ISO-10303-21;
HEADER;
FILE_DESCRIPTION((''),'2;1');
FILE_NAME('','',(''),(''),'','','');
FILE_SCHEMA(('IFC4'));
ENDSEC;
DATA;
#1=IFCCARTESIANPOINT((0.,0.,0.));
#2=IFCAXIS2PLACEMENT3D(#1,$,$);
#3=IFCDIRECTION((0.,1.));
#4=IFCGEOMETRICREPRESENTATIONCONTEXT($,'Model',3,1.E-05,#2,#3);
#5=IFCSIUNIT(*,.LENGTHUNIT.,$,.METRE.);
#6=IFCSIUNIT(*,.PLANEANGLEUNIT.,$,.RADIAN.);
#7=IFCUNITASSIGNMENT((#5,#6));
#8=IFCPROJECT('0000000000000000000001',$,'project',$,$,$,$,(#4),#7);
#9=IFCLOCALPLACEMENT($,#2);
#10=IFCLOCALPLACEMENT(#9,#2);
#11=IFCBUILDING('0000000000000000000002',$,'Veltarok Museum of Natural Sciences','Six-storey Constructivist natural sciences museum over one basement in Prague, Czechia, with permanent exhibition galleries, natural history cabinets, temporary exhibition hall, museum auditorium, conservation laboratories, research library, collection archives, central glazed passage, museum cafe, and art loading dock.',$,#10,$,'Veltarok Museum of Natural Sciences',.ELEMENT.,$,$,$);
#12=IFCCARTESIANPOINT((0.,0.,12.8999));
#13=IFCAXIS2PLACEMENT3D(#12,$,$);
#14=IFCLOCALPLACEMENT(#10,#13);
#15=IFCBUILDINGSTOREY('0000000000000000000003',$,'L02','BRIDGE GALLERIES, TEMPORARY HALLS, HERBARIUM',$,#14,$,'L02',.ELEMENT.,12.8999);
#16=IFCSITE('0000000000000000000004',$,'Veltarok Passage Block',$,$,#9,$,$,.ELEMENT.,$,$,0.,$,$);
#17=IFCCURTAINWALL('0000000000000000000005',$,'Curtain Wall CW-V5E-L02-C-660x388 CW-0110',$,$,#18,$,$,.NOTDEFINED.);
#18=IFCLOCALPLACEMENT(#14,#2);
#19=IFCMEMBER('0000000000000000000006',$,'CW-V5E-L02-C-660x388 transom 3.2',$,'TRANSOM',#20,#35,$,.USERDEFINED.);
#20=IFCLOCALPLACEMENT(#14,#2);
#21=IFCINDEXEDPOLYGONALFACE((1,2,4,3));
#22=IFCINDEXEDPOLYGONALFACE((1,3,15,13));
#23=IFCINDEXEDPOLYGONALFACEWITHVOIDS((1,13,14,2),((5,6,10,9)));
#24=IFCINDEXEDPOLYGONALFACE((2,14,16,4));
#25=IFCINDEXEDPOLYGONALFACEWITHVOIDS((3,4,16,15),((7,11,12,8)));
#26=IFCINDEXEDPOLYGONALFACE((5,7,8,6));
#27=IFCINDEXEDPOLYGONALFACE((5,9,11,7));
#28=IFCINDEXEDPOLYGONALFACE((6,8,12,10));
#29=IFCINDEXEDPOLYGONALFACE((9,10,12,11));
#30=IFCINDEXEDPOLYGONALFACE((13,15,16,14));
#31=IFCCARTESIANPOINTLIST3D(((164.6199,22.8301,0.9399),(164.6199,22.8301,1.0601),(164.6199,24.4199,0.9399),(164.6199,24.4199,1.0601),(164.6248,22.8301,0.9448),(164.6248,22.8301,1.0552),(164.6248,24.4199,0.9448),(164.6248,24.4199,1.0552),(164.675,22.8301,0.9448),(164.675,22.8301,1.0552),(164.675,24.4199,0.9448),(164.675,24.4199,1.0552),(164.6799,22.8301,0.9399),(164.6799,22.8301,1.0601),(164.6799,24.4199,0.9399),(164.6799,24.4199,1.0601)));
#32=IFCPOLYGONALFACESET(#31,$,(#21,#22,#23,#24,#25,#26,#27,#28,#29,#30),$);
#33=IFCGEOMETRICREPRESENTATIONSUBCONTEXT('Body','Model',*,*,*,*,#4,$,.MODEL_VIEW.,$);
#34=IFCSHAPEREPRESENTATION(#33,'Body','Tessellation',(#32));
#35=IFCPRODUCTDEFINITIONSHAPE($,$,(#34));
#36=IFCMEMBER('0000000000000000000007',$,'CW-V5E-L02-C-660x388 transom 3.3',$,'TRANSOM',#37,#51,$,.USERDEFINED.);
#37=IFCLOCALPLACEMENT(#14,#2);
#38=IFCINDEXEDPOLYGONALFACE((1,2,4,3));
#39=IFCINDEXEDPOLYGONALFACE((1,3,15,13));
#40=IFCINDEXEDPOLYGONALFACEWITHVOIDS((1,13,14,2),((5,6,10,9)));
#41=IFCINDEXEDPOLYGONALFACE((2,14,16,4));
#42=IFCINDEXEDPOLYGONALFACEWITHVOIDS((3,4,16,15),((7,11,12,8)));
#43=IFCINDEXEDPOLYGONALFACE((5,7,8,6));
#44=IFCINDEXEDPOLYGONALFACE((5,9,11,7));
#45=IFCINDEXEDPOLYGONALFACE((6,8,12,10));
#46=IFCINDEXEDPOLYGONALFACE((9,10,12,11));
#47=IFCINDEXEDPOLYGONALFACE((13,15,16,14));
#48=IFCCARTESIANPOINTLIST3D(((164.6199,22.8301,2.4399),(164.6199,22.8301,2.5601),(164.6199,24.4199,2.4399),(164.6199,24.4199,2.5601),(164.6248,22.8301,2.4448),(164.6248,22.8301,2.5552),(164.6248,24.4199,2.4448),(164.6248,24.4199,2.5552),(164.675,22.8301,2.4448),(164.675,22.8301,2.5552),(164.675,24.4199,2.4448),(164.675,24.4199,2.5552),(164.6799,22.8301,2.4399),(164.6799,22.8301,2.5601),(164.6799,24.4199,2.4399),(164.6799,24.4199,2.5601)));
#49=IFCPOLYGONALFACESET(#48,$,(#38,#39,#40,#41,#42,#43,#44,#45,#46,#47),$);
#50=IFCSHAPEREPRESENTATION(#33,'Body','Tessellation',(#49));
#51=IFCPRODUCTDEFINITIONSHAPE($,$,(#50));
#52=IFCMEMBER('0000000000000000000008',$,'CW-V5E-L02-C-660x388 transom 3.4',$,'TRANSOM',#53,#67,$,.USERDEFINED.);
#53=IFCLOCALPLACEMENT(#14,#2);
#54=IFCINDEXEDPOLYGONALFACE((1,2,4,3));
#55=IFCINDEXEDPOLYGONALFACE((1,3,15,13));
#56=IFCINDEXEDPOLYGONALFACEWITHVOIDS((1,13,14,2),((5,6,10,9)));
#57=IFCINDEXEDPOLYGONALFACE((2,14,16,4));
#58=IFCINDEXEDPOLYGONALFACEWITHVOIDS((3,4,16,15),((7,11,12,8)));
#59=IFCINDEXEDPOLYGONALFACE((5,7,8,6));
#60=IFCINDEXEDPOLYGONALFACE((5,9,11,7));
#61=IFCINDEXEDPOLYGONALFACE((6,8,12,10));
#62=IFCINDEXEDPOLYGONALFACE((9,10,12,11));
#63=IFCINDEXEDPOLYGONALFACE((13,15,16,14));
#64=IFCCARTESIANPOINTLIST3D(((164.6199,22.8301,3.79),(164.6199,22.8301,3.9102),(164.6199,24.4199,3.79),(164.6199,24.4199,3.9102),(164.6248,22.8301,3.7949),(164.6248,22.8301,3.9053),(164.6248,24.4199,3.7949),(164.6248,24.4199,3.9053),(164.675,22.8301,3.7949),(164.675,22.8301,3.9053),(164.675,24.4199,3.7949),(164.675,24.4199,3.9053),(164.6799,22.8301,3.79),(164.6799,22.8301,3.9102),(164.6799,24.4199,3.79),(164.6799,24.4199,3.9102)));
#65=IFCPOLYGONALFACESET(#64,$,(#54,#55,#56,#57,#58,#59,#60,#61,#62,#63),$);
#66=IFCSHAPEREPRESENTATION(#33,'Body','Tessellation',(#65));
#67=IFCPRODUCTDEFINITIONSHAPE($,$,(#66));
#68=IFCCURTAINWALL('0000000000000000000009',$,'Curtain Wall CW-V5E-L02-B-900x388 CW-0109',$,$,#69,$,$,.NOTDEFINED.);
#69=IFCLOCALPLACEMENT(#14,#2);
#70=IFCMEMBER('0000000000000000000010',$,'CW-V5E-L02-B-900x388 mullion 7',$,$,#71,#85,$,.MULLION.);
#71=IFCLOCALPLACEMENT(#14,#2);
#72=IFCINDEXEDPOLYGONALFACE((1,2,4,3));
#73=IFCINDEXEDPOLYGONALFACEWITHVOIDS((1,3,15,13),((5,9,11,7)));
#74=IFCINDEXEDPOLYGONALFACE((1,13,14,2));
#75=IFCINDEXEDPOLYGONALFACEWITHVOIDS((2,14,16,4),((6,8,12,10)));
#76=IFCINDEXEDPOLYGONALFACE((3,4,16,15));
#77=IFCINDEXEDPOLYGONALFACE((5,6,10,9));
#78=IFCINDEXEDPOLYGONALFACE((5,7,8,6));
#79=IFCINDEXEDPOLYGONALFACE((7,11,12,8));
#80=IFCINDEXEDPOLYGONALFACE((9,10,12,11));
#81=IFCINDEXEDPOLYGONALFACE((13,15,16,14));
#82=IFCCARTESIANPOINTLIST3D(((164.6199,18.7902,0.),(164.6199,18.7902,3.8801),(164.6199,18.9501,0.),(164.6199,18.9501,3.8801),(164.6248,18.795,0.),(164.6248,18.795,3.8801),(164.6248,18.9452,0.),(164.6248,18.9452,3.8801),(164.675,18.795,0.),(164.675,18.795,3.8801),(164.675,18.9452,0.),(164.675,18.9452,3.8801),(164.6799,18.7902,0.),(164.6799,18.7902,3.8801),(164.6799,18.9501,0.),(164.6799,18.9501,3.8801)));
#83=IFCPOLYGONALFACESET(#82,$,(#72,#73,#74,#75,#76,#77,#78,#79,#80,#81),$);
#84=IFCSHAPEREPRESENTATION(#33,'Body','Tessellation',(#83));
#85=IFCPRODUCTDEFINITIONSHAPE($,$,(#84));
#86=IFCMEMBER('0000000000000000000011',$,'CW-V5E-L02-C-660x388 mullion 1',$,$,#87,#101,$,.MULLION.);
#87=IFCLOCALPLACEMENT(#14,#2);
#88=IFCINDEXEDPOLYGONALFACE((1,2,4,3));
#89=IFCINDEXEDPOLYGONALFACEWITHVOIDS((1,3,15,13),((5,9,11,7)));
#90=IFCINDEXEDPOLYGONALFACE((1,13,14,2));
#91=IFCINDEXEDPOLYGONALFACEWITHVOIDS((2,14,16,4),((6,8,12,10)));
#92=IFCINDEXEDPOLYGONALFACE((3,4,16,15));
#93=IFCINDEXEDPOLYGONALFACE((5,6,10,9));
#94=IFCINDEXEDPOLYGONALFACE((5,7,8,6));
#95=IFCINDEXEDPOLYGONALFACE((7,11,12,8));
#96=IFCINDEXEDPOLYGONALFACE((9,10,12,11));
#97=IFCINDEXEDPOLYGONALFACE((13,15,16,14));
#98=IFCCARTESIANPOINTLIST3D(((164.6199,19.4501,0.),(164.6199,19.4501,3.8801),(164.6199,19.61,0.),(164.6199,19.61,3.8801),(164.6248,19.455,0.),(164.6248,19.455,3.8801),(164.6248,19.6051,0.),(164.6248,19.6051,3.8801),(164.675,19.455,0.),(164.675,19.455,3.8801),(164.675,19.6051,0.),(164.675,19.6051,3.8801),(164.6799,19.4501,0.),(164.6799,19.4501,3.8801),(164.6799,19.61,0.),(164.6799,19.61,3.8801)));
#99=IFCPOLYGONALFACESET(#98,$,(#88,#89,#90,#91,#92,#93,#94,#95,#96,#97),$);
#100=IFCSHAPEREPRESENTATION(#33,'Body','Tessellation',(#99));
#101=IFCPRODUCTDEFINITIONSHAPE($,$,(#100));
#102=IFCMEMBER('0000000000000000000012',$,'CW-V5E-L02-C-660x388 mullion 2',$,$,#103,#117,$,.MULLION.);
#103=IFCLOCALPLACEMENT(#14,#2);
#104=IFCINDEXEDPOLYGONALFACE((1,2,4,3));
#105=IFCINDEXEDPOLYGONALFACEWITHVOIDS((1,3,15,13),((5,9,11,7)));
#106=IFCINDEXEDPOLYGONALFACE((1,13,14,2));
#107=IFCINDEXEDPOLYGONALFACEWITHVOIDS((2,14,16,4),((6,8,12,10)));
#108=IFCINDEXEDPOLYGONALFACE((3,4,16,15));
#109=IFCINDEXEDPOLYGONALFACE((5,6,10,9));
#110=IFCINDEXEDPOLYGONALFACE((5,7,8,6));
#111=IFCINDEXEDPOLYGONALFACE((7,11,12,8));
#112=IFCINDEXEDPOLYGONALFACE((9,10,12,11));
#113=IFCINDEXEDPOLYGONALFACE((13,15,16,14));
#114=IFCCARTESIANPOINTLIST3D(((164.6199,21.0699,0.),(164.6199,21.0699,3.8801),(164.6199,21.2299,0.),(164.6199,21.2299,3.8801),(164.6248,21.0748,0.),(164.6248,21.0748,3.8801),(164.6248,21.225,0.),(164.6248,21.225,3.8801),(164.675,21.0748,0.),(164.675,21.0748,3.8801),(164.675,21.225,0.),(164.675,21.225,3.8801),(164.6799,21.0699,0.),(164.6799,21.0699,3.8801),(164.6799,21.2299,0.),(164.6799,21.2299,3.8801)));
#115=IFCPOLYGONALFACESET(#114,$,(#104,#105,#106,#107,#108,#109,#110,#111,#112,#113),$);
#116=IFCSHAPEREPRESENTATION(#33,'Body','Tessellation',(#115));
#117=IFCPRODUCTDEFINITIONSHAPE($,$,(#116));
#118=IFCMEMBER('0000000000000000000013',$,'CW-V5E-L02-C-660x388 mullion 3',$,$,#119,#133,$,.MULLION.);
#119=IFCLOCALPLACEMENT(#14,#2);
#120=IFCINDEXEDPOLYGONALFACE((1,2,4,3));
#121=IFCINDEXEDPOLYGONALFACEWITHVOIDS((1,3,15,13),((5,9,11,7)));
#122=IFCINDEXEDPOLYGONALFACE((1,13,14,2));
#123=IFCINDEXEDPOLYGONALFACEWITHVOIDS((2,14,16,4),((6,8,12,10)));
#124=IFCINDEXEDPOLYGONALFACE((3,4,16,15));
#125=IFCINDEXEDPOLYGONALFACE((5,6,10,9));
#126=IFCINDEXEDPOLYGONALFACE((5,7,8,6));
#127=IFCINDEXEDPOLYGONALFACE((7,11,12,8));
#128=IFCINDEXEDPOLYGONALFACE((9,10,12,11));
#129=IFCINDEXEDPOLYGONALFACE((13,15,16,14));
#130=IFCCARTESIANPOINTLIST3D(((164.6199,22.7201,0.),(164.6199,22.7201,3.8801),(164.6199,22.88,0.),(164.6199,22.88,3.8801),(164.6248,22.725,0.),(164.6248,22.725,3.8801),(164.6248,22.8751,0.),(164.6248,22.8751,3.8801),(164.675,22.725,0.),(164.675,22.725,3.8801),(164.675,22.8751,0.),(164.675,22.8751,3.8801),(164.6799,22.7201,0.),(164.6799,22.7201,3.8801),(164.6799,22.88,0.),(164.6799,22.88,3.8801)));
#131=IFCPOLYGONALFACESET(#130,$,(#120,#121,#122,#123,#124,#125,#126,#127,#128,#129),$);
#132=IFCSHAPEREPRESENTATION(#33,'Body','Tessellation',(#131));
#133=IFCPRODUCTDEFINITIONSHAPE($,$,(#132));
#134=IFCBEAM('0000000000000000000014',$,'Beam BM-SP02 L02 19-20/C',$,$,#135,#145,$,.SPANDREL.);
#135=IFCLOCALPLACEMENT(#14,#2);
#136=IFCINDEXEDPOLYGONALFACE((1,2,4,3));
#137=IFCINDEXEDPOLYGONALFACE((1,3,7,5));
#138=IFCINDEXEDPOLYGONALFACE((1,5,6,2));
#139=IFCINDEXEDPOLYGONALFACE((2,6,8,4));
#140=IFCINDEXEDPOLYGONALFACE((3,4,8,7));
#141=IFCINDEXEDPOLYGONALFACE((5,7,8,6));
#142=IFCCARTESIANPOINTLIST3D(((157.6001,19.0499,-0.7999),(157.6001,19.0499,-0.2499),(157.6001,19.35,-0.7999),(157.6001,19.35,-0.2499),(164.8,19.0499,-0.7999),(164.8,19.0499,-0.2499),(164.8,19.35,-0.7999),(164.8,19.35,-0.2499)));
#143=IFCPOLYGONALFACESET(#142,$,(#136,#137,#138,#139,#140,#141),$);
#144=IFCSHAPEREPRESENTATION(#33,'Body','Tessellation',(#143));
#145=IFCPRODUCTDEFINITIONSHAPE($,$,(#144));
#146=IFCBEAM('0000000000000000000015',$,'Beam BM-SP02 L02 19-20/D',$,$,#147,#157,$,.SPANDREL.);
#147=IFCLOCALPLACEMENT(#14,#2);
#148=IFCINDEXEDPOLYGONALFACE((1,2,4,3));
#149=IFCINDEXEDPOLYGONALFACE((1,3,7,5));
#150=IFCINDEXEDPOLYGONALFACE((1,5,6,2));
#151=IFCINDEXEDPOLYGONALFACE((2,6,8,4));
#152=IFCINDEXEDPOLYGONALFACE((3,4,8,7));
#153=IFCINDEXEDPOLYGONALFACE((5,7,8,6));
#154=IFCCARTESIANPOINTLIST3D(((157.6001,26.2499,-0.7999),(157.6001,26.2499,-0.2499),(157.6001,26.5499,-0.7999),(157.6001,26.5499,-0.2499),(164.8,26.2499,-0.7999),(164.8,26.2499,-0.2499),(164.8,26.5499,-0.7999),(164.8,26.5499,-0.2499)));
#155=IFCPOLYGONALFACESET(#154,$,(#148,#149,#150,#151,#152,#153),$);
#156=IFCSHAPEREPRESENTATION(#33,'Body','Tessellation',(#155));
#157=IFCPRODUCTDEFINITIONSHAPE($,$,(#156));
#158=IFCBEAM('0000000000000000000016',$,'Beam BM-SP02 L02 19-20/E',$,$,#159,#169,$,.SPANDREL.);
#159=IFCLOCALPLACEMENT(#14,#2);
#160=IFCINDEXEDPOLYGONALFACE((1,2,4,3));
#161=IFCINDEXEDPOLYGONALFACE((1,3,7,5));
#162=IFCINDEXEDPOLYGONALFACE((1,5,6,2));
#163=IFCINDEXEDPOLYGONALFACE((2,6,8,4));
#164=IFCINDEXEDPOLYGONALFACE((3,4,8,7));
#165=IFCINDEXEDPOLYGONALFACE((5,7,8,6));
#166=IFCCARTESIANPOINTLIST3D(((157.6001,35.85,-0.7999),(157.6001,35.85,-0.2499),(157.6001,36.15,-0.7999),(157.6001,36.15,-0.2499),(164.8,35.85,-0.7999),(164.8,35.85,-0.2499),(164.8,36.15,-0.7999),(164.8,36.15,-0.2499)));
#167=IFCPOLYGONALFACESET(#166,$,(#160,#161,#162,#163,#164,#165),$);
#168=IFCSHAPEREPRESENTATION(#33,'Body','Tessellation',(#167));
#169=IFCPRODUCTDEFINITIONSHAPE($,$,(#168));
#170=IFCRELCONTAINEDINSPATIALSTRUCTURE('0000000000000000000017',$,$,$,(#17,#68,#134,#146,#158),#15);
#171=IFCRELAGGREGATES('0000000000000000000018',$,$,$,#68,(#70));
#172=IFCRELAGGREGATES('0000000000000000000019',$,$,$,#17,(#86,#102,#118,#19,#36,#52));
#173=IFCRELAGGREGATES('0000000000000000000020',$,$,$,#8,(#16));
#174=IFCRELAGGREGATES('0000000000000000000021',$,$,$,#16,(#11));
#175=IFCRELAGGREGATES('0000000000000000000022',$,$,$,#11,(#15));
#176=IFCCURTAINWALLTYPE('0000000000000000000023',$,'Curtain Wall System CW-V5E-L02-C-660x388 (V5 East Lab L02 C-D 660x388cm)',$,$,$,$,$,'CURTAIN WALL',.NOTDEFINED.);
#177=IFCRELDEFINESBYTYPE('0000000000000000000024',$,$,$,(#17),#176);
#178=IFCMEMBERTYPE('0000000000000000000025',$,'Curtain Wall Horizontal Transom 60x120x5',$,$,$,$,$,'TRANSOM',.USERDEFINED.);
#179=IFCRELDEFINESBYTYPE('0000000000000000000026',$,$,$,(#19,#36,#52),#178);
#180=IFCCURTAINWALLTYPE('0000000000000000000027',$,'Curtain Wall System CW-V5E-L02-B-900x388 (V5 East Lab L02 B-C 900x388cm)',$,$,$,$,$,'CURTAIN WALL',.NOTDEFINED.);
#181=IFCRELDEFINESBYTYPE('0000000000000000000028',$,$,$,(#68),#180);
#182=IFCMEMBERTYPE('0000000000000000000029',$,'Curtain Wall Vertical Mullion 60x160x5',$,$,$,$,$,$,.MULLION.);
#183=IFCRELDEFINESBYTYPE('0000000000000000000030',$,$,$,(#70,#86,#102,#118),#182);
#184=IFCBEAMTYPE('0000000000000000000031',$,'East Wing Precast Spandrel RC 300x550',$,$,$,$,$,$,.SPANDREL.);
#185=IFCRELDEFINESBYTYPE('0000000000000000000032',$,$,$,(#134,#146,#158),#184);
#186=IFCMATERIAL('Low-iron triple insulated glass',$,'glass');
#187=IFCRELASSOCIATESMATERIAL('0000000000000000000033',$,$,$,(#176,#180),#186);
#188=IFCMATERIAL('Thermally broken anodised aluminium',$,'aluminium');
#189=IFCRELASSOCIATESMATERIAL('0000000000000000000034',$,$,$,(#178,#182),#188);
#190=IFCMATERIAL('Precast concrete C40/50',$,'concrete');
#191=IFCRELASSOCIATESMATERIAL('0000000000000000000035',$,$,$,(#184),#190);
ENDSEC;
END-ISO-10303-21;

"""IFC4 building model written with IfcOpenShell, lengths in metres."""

from ifc_helpers import new_model, si_unit, direction, frame, origin, origin_2d, place, context, subcontext, project, spatial, rectangle, hollow_rectangle, extrude, material, material_profile, profile_set, type_object, element, aggregate, save


model = new_model("IFC4")

# Units and contexts
model_context = context("Model", 3, precision=1e-05, world=origin(), true_north=direction((0.0, 1.0)))
body_context = subcontext(model_context, "Body", "Model", "MODEL_VIEW")
ifc_project = project(units=[si_unit("LENGTHUNIT", "METRE"), si_unit("PLANEANGLEUNIT", "RADIAN")], contexts=[model_context])

# Site, building, storey
site_placement = place(None, origin())
site = spatial("IfcSite", under=ifc_project, at=site_placement, Name="Veltarok Passage Block", CompositionType="ELEMENT", RefElevation=0.0)
building_placement = place(site_placement, origin())
building = spatial("IfcBuilding", under=site, at=building_placement, Name="Veltarok Museum of Natural Sciences", Description="Six-storey Constructivist natural sciences museum over one basement in Prague, Czechia, with permanent exhibition galleries, natural history cabinets, temporary exhibition hall, museum auditorium, conservation laboratories, research library, collection archives, central glazed passage, museum cafe, and art loading dock.", LongName="Veltarok Museum of Natural Sciences", CompositionType="ELEMENT")
storey_placement = place(building_placement, frame((0.0, 0.0, 12.8999)))
storey = spatial("IfcBuildingStorey", under=building, at=storey_placement, Name="L02", Description="BRIDGE GALLERIES, TEMPORARY HALLS, HERBARIUM", LongName="L02", CompositionType="ELEMENT", Elevation=12.8999)

# Curtain wall, members
ifc_material_1 = material(Name="Low-iron triple insulated glass", Category="glass")
curtain_wall_type_1 = type_object("IfcCurtainWallType", Name="Curtain Wall System CW-V5E-L02-C-660x388 (V5 East Lab L02 C-D 660x388cm)", ElementType="CURTAIN WALL", PredefinedType="NOTDEFINED", material=ifc_material_1)
curtain_wall_1_placement = place(storey_placement, origin())
curtain_wall_1 = element("IfcCurtainWall", 1, at=curtain_wall_1_placement, inside=storey, type_object=curtain_wall_type_1, Name="Curtain Wall CW-V5E-L02-C-660x388 CW-0110", PredefinedType="NOTDEFINED")
ifc_material_2 = material(Name="Thermally broken anodised aluminium", Category="aluminium")
ifc_material_profile_1 = material_profile(ifc_material_2, hollow_rectangle(XDim=0.0601, YDim=0.1201, WallThickness=0.0049, at=origin_2d()), Name="CW TRANSOM 60x120x5")
ifc_profile_set_1 = profile_set([ifc_material_profile_1], Name="Thermally broken anodised aluminium")
member_type_1 = type_object("IfcMemberType", Name="Curtain Wall Horizontal Transom 60x120x5", ElementType="TRANSOM", PredefinedType="USERDEFINED", material=ifc_profile_set_1)
member_1_placement = place(storey_placement, frame((164.6499, 22.8301, 1.0), z_axis=(0.0, 1.0, 0.0), x_axis=(-1.0, 0.0, 0.0)))
member_1 = element("IfcMember", 2, at=member_1_placement, type_object=member_type_1, Name="CW-V5E-L02-C-660x388 transom 3.2", ObjectType="TRANSOM", PredefinedType="USERDEFINED", context=body_context, shape_type="SweptSolid", body=[
    extrude(hollow_rectangle(XDim=0.0601, YDim=0.1201, WallThickness=0.0049, at=origin_2d()), origin(), (0.0, 0.0, 1.0), 1.5898),
])
member_2_placement = place(storey_placement, frame((164.6499, 22.8301, 2.5), z_axis=(0.0, 1.0, 0.0), x_axis=(-1.0, 0.0, 0.0)))
member_2 = element("IfcMember", 3, at=member_2_placement, type_object=member_type_1, Name="CW-V5E-L02-C-660x388 transom 3.3", ObjectType="TRANSOM", PredefinedType="USERDEFINED", context=body_context, shape_type="SweptSolid", body=[
    extrude(hollow_rectangle(XDim=0.0601, YDim=0.1201, WallThickness=0.0049, at=origin_2d()), origin(), (0.0, 0.0, 1.0), 1.5898),
])
member_3_placement = place(storey_placement, frame((164.6499, 22.8301, 3.8501), z_axis=(0.0, 1.0, 0.0), x_axis=(-1.0, 0.0, 0.0)))
member_3 = element("IfcMember", 4, at=member_3_placement, type_object=member_type_1, Name="CW-V5E-L02-C-660x388 transom 3.4", ObjectType="TRANSOM", PredefinedType="USERDEFINED", context=body_context, shape_type="SweptSolid", body=[
    extrude(hollow_rectangle(XDim=0.0601, YDim=0.1201, WallThickness=0.0049, at=origin_2d()), origin(), (0.0, 0.0, 1.0), 1.5898),
])

# Curtain wall, member
curtain_wall_type_2 = type_object("IfcCurtainWallType", Name="Curtain Wall System CW-V5E-L02-B-900x388 (V5 East Lab L02 B-C 900x388cm)", ElementType="CURTAIN WALL", PredefinedType="NOTDEFINED", material=ifc_material_1)
curtain_wall_2_placement = place(storey_placement, origin())
curtain_wall_2 = element("IfcCurtainWall", 5, at=curtain_wall_2_placement, inside=storey, type_object=curtain_wall_type_2, Name="Curtain Wall CW-V5E-L02-B-900x388 CW-0109", PredefinedType="NOTDEFINED")
ifc_material_profile_2 = material_profile(ifc_material_2, hollow_rectangle(XDim=0.0601, YDim=0.1599, WallThickness=0.0049, at=origin_2d()), Name="CW MULLION 60x160x5")
ifc_profile_set_2 = profile_set([ifc_material_profile_2], Name="Thermally broken anodised aluminium")
member_type_2 = type_object("IfcMemberType", Name="Curtain Wall Vertical Mullion 60x160x5", PredefinedType="MULLION", material=ifc_profile_set_2)
member_4_placement = place(storey_placement, frame((164.6499, 18.8701, 0.0), z_axis=(0.0, 0.0, 1.0), x_axis=(-1.0, 0.0, 0.0)))
member_4 = element("IfcMember", 6, at=member_4_placement, type_object=member_type_2, Name="CW-V5E-L02-B-900x388 mullion 7", PredefinedType="MULLION", context=body_context, shape_type="SweptSolid", body=[
    extrude(hollow_rectangle(XDim=0.0601, YDim=0.1599, WallThickness=0.0049, at=origin_2d()), origin(), (0.0, 0.0, 1.0), 3.8801),
])

# Members
member_5_placement = place(storey_placement, frame((164.6499, 19.53, 0.0), z_axis=(0.0, 0.0, 1.0), x_axis=(-1.0, 0.0, 0.0)))
member_5 = element("IfcMember", 7, at=member_5_placement, type_object=member_type_2, Name="CW-V5E-L02-C-660x388 mullion 1", PredefinedType="MULLION", context=body_context, shape_type="SweptSolid", body=[
    extrude(hollow_rectangle(XDim=0.0601, YDim=0.1599, WallThickness=0.0049, at=origin_2d()), origin(), (0.0, 0.0, 1.0), 3.8801),
])
member_6_placement = place(storey_placement, frame((164.6499, 21.1499, 0.0), z_axis=(0.0, 0.0, 1.0), x_axis=(-1.0, 0.0, 0.0)))
member_6 = element("IfcMember", 8, at=member_6_placement, type_object=member_type_2, Name="CW-V5E-L02-C-660x388 mullion 2", PredefinedType="MULLION", context=body_context, shape_type="SweptSolid", body=[
    extrude(hollow_rectangle(XDim=0.0601, YDim=0.1599, WallThickness=0.0049, at=origin_2d()), origin(), (0.0, 0.0, 1.0), 3.8801),
])
member_7_placement = place(storey_placement, frame((164.6499, 22.8, 0.0), z_axis=(0.0, 0.0, 1.0), x_axis=(-1.0, 0.0, 0.0)))
member_7 = element("IfcMember", 9, at=member_7_placement, type_object=member_type_2, Name="CW-V5E-L02-C-660x388 mullion 3", PredefinedType="MULLION", context=body_context, shape_type="SweptSolid", body=[
    extrude(hollow_rectangle(XDim=0.0601, YDim=0.1599, WallThickness=0.0049, at=origin_2d()), origin(), (0.0, 0.0, 1.0), 3.8801),
])

# Beams
ifc_material_3 = material(Name="Precast concrete C40/50", Category="concrete")
ifc_material_profile_3 = material_profile(ifc_material_3, rectangle(XDim=0.3, YDim=0.55, at=origin_2d()), Name="RC 300x550")
ifc_profile_set_3 = profile_set([ifc_material_profile_3], Name="Precast concrete C40/50")
beam_type_1 = type_object("IfcBeamType", Name="East Wing Precast Spandrel RC 300x550", PredefinedType="SPANDREL", material=ifc_profile_set_3)
for number, where, z_axis, x_axis, name in (
    (10, (157.6001, 19.2, -0.5249), (1.0, 0.0, 0.0), (0.0, 1.0, 0.0), "Beam BM-SP02 L02 19-20/C"),
    (11, (157.6001, 26.3999, -0.5249), (1.0, 0.0, 0.0), (0.0, 1.0, 0.0), "Beam BM-SP02 L02 19-20/D"),
    (12, (157.6001, 36.0, -0.5249), (1.0, 0.0, 0.0), (0.0, 1.0, 0.0), "Beam BM-SP02 L02 19-20/E"),
):
    element("IfcBeam", number, at=place(storey_placement, frame(where, z_axis=z_axis, x_axis=x_axis)), inside=storey, type_object=beam_type_1, Name=name, PredefinedType="SPANDREL", context=body_context, shape_type="SweptSolid", body=[
        extrude(rectangle(XDim=0.3, YDim=0.55, at=origin_2d()), origin(), (0.0, 0.0, 1.0), 7.2),
    ])

aggregate(curtain_wall_2, [member_4])
aggregate(curtain_wall_1, [member_5, member_6, member_7, member_1, member_2, member_3])

save(model, "model.ifc")
